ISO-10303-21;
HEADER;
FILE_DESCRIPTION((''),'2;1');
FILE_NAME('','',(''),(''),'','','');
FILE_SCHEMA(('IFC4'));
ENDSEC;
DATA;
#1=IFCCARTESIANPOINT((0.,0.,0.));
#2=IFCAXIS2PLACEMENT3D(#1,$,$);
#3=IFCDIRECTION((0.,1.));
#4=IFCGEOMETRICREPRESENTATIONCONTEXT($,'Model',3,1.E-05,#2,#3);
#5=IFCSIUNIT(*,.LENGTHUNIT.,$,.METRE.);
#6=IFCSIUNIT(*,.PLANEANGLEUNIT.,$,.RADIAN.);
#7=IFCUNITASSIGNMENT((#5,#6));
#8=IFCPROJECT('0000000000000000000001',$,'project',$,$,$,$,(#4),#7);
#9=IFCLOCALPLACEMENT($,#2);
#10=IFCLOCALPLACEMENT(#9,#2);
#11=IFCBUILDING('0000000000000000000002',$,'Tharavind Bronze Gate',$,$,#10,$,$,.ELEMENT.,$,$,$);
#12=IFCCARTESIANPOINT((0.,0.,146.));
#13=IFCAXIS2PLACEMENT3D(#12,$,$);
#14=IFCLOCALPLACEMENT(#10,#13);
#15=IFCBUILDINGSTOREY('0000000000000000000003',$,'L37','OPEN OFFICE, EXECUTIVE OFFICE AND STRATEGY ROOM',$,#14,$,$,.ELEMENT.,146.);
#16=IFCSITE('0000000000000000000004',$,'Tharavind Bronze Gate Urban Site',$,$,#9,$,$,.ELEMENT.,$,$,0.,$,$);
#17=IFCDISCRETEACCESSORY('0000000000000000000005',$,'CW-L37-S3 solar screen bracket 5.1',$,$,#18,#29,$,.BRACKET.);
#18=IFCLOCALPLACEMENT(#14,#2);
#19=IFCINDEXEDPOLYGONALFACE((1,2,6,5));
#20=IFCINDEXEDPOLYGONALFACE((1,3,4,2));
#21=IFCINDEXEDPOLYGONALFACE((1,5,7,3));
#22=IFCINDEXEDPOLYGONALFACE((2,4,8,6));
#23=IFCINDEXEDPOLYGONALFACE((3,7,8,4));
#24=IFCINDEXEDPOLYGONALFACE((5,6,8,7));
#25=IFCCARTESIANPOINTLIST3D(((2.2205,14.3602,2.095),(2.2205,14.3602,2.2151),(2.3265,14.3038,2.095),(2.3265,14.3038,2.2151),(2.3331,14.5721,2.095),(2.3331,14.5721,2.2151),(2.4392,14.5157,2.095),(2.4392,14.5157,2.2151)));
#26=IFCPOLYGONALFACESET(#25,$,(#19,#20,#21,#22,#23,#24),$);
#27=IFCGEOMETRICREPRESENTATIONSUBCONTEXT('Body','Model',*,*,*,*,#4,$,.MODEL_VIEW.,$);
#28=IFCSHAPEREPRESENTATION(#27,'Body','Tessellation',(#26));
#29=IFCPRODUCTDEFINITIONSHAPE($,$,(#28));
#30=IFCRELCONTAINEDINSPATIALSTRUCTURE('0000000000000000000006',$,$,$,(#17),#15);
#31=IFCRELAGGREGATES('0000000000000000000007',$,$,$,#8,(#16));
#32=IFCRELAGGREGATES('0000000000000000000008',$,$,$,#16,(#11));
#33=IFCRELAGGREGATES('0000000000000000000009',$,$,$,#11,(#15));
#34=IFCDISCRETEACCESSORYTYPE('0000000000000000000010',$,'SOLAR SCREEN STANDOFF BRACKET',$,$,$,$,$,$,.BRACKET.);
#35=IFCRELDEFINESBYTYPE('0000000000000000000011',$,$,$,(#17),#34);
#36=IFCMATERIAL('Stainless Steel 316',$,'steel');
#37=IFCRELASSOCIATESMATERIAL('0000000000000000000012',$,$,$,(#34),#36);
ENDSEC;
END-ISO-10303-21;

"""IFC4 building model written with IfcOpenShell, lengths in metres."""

from ifc_helpers import new_model, si_unit, direction, frame, origin, origin_2d, place, context, subcontext, project, spatial, rectangle, extrude, material, type_object, element, save


model = new_model("IFC4")

# Units and contexts
model_context = context("Model", 3, precision=1e-05, world=origin(), true_north=direction((0.0, 1.0)))
body_context = subcontext(model_context, "Body", "Model", "MODEL_VIEW")
ifc_project = project(units=[si_unit("LENGTHUNIT", "METRE"), si_unit("PLANEANGLEUNIT", "RADIAN")], contexts=[model_context])

# Site, building, storey
site_placement = place(None, origin())
site = spatial("IfcSite", under=ifc_project, at=site_placement, Name="Tharavind Bronze Gate Urban Site", CompositionType="ELEMENT", RefElevation=0.0)
building_placement = place(site_placement, origin())
building = spatial("IfcBuilding", under=site, at=building_placement, Name="Tharavind Bronze Gate", CompositionType="ELEMENT")
storey_placement = place(building_placement, frame((0.0, 0.0, 146.0)))
storey = spatial("IfcBuildingStorey", under=building, at=storey_placement, Name="L37", Description="OPEN OFFICE, EXECUTIVE OFFICE AND STRATEGY ROOM", CompositionType="ELEMENT", Elevation=146.0)

# Discrete accessory
ifc_material_1 = material(Name="Stainless Steel 316", Category="steel")
discrete_accessory_type_1 = type_object("IfcDiscreteAccessoryType", Name="SOLAR SCREEN STANDOFF BRACKET", PredefinedType="BRACKET", material=ifc_material_1)
discrete_accessory_placement = place(storey_placement, frame((2.3298, 14.438, 2.095), z_axis=(0.0, 0.0, 1.0), x_axis=(-0.882948, 0.469472, 0.0)))
element("IfcDiscreteAccessory", 1, at=discrete_accessory_placement, inside=storey, type_object=discrete_accessory_type_1, Name="CW-L37-S3 solar screen bracket 5.1", PredefinedType="BRACKET", context=body_context, shape_type="SweptSolid", body=[
    extrude(rectangle(XDim=0.1201, YDim=0.24, at=origin_2d()), origin(), (0.0, 0.0, 1.0), 0.1201),
])

save(model, "model.ifc")
